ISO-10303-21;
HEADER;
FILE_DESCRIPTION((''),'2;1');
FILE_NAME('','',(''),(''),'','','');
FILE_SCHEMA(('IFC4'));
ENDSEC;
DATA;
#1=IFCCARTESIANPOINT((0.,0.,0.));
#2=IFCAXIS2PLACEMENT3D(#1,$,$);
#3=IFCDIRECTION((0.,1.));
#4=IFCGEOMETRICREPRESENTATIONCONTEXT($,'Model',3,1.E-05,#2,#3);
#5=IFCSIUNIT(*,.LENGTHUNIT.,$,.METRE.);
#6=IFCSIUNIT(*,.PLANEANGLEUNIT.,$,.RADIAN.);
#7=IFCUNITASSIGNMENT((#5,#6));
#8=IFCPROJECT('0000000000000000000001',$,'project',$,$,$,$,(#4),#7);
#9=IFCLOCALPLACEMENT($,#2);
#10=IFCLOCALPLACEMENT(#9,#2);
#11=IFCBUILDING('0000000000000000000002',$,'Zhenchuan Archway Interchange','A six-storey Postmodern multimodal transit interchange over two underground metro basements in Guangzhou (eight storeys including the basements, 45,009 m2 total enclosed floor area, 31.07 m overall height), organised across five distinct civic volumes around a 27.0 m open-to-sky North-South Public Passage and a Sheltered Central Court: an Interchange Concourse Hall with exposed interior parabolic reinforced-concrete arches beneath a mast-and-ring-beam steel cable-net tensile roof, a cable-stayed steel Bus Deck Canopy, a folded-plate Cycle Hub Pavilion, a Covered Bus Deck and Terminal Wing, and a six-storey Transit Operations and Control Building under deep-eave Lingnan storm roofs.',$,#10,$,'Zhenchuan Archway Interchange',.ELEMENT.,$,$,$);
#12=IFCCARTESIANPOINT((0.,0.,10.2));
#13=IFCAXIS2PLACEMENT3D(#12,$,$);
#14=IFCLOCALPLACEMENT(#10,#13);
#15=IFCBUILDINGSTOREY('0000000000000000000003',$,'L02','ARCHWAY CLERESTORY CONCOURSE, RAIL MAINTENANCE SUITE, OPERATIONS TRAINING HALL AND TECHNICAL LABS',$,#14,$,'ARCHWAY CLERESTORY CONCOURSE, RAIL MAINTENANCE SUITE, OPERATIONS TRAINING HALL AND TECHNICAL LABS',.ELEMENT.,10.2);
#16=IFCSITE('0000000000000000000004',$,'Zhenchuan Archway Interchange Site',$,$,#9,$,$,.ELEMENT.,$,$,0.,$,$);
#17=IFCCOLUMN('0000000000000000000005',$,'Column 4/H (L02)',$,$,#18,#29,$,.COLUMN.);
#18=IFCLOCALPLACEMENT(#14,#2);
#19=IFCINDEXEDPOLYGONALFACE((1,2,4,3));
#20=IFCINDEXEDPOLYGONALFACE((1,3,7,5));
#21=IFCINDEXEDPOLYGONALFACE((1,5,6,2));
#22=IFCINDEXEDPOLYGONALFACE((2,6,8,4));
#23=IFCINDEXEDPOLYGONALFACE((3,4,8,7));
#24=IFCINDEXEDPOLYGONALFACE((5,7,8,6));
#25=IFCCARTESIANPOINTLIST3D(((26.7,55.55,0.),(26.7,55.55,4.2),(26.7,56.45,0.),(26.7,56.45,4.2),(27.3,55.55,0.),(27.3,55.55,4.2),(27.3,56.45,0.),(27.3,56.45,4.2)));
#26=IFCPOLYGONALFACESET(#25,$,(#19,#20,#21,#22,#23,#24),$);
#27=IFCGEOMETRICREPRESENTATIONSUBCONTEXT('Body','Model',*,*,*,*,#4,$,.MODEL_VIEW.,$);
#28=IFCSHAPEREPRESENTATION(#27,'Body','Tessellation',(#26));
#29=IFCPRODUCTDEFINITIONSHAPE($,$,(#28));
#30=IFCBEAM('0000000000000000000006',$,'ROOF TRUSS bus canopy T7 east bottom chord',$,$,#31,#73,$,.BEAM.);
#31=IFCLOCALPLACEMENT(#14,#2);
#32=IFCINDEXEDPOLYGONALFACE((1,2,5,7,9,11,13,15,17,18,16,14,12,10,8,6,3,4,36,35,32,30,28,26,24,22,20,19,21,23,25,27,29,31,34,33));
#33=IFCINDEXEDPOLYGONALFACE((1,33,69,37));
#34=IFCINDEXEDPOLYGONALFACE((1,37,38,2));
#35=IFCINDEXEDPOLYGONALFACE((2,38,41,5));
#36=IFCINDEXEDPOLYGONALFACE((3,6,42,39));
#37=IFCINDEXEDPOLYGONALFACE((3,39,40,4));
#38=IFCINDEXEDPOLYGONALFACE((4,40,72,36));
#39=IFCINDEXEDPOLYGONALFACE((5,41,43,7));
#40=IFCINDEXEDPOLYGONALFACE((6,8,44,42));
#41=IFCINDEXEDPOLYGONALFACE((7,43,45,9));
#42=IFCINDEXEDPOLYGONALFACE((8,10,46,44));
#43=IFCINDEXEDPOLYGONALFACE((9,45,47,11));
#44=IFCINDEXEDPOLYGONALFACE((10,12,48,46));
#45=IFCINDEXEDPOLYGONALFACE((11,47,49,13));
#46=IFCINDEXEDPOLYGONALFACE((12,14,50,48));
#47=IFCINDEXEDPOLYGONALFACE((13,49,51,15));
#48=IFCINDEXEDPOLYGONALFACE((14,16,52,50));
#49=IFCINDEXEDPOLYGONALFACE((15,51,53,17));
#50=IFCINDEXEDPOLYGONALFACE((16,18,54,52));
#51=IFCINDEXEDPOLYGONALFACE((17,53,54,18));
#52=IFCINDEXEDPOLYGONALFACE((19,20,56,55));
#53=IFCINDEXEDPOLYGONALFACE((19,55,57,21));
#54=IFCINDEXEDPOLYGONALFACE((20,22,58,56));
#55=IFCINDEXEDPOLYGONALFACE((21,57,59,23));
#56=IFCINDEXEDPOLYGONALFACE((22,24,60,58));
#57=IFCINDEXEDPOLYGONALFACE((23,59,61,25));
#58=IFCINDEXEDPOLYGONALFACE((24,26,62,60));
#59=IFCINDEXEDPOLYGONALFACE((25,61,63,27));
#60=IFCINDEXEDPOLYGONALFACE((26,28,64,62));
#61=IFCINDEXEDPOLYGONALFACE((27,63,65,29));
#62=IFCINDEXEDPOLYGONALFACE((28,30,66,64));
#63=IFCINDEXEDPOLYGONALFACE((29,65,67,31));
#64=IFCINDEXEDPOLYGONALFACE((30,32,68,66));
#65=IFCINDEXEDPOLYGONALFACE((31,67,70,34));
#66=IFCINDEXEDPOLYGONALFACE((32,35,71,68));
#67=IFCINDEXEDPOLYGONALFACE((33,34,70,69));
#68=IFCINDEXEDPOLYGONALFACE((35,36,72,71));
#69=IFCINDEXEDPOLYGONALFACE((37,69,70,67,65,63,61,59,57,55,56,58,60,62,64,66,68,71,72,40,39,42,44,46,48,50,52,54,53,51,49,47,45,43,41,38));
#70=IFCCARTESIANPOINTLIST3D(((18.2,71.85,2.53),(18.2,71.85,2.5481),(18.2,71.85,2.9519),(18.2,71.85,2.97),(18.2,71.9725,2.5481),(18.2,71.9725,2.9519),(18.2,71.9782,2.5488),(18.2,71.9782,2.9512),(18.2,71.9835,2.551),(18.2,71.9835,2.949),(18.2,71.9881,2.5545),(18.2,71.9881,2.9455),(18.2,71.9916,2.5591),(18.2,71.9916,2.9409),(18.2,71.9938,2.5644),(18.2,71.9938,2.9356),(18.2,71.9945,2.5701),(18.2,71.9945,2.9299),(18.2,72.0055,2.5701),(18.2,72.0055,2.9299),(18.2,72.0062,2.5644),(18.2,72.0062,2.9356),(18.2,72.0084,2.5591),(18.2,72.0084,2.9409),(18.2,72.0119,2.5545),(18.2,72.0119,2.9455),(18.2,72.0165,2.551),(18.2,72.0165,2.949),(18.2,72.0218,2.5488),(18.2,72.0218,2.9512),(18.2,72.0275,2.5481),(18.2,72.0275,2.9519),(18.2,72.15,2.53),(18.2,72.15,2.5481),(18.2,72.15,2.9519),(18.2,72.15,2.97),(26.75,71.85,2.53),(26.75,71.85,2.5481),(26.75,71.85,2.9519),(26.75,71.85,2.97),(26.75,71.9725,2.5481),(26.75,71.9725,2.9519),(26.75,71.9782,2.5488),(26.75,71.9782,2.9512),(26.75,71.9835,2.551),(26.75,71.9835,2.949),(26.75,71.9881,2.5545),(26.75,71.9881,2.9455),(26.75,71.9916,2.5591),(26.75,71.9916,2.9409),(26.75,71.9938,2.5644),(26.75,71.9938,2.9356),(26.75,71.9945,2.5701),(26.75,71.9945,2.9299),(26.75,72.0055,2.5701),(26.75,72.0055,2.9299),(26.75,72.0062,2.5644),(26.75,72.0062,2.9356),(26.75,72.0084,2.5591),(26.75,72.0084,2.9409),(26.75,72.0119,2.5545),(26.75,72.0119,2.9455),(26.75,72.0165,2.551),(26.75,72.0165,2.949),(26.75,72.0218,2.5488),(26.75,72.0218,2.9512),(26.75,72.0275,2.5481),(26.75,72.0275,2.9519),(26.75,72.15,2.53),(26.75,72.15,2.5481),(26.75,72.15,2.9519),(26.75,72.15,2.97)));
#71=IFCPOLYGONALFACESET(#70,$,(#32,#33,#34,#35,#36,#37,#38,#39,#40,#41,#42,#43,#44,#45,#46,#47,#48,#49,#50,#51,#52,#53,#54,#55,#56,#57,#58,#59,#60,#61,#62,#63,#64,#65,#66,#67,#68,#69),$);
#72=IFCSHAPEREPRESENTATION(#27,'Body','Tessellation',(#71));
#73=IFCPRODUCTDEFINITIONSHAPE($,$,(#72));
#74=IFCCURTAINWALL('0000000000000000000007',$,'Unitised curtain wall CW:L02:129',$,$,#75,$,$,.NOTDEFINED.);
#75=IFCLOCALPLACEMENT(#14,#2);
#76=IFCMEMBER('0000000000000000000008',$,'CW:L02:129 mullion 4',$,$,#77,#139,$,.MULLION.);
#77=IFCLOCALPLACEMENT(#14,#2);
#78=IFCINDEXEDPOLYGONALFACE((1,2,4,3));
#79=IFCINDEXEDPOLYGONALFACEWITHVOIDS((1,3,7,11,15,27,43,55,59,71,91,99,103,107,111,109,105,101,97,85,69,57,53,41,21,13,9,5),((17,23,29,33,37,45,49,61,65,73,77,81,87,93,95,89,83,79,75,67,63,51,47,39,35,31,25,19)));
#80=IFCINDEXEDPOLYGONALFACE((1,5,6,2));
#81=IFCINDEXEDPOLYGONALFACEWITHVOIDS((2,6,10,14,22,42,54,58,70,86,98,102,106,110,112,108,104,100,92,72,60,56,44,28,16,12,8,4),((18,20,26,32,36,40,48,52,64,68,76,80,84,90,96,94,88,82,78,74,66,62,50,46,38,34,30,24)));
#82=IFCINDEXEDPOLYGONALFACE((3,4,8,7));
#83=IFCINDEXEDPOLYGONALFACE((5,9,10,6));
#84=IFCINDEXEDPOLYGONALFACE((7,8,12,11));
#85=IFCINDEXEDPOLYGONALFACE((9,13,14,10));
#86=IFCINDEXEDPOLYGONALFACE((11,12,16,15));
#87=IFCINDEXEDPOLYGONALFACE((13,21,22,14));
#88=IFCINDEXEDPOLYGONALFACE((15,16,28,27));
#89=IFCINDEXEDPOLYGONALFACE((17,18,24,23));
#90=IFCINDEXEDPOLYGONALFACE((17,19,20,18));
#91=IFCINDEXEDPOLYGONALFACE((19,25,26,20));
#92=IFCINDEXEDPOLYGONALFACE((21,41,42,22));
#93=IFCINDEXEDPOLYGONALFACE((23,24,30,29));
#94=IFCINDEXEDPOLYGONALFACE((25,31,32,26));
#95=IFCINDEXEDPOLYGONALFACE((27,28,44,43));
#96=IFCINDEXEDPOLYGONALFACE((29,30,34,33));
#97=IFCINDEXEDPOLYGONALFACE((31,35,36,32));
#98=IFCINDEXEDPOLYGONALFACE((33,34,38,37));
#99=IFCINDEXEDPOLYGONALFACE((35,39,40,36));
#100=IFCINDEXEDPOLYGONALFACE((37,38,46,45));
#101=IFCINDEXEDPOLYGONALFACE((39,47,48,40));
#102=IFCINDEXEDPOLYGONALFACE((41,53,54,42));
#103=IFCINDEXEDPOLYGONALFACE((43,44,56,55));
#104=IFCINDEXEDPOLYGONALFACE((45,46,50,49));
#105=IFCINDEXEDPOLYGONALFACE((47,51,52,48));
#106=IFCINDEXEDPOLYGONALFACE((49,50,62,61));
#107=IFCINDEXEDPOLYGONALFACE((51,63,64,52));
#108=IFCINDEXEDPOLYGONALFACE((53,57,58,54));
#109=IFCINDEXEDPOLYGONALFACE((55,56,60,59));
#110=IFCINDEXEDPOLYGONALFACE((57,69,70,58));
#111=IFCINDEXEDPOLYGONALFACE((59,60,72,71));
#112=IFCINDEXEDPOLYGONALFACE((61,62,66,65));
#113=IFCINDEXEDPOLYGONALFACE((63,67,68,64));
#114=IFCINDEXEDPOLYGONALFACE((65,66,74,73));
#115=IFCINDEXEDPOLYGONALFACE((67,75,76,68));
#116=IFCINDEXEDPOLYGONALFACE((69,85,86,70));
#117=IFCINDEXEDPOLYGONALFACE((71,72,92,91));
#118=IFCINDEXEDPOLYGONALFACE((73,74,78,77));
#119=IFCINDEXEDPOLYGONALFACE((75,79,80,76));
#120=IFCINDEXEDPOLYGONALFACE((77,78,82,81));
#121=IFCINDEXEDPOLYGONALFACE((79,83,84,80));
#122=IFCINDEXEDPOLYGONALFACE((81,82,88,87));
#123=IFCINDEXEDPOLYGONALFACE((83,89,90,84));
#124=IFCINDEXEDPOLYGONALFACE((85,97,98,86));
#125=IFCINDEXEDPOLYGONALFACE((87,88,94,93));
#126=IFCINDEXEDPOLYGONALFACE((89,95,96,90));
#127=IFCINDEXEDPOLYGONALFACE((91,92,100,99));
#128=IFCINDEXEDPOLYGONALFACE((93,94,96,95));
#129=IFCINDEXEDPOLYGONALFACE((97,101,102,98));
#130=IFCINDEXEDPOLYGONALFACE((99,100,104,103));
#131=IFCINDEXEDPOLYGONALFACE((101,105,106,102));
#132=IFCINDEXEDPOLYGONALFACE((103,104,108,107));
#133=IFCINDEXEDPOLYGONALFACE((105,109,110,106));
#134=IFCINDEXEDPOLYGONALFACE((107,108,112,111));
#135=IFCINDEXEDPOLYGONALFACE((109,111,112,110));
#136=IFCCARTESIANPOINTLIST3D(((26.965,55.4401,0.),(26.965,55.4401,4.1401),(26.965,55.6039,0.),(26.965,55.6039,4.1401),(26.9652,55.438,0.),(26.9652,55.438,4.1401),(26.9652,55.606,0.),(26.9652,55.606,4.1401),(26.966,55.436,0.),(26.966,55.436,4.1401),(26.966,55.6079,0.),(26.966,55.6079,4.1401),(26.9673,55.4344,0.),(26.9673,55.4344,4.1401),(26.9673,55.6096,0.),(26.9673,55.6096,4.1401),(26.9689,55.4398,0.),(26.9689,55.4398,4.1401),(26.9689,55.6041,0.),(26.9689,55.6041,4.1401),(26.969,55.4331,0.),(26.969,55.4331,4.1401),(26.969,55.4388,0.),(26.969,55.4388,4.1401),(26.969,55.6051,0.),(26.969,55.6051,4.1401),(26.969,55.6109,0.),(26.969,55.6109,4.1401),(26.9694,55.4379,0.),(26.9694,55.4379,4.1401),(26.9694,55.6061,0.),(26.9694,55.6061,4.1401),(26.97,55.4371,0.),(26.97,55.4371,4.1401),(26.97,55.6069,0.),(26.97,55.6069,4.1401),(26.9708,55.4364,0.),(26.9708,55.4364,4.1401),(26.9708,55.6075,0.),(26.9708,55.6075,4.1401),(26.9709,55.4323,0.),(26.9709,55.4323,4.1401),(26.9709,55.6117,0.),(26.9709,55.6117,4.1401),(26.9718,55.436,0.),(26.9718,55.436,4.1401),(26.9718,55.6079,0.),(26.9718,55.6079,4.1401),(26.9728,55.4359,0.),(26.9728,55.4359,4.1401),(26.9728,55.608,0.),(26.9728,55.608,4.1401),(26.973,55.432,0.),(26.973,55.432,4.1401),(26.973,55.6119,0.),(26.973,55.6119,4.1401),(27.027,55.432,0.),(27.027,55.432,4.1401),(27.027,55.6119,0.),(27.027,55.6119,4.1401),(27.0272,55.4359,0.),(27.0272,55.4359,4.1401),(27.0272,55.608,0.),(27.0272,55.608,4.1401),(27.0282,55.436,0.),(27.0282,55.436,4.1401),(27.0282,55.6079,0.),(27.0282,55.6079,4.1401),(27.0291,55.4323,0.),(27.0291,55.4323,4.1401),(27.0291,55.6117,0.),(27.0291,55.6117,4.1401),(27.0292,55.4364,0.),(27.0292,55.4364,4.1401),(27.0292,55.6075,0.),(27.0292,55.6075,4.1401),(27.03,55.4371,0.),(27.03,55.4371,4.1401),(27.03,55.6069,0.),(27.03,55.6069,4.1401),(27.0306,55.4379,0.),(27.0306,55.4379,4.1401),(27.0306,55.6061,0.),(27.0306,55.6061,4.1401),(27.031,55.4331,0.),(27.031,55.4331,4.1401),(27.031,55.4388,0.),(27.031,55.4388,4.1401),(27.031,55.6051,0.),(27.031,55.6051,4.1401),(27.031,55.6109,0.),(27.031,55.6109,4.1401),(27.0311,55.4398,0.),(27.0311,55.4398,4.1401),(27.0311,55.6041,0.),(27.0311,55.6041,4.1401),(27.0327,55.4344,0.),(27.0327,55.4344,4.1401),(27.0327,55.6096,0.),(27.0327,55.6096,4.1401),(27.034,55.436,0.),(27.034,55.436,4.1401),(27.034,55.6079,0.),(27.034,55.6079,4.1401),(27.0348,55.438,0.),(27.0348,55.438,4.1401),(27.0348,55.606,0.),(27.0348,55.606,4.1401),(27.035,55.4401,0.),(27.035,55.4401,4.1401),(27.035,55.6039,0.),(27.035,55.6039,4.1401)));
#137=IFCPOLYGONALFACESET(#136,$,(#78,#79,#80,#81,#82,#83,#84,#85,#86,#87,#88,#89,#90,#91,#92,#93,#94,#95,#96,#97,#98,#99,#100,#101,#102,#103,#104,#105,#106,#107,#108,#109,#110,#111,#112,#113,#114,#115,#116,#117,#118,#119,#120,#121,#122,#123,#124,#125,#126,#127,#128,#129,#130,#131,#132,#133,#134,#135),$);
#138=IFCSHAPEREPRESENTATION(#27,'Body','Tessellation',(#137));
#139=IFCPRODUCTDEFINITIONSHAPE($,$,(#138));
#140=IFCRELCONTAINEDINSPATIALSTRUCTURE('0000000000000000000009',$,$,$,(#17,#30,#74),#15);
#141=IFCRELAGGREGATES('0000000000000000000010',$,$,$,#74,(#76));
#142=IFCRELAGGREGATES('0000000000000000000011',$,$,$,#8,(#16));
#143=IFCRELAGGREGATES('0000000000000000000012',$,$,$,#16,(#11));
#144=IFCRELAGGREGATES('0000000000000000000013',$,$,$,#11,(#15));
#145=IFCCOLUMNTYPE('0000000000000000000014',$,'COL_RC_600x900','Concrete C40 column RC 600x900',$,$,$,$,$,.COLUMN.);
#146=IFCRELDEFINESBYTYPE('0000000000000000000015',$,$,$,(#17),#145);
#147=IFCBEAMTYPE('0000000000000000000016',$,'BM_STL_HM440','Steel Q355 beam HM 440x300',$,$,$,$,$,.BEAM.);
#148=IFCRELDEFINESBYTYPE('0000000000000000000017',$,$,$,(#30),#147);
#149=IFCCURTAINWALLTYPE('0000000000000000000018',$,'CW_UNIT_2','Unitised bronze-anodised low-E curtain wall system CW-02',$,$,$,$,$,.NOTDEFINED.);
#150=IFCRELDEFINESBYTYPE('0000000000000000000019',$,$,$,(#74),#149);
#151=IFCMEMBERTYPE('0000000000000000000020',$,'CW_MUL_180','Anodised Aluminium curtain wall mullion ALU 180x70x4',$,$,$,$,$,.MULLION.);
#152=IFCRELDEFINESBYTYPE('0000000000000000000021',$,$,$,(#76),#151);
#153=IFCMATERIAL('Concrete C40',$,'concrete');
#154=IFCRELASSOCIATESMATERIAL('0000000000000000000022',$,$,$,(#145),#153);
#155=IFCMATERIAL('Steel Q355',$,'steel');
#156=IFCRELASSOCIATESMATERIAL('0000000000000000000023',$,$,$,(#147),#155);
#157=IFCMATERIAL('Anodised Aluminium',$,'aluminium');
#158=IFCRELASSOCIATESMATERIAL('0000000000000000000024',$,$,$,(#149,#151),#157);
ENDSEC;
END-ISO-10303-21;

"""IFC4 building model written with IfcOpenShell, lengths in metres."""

from ifc_helpers import new_model, si_unit, direction, frame, origin, origin_2d, place, context, subcontext, project, spatial, rectangle, hollow_rectangle, i_section, extrude, material, material_profile, profile_set, type_object, element, aggregate, save


model = new_model("IFC4")

# Units and contexts
model_context = context("Model", 3, precision=1e-05, world=origin(), true_north=direction((0.0, 1.0)))
body_context = subcontext(model_context, "Body", "Model", "MODEL_VIEW")
ifc_project = project(units=[si_unit("LENGTHUNIT", "METRE"), si_unit("PLANEANGLEUNIT", "RADIAN")], contexts=[model_context])

# Site, building, storey
site_placement = place(None, origin())
site = spatial("IfcSite", under=ifc_project, at=site_placement, Name="Zhenchuan Archway Interchange Site", CompositionType="ELEMENT", RefElevation=0.0)
building_placement = place(site_placement, origin())
building = spatial("IfcBuilding", under=site, at=building_placement, Name="Zhenchuan Archway Interchange", Description="A six-storey Postmodern multimodal transit interchange over two underground metro basements in Guangzhou (eight storeys including the basements, 45,009 m2 total enclosed floor area, 31.07 m overall height), organised across five distinct civic volumes around a 27.0 m open-to-sky North-South Public Passage and a Sheltered Central Court: an Interchange Concourse Hall with exposed interior parabolic reinforced-concrete arches beneath a mast-and-ring-beam steel cable-net tensile roof, a cable-stayed steel Bus Deck Canopy, a folded-plate Cycle Hub Pavilion, a Covered Bus Deck and Terminal Wing, and a six-storey Transit Operations and Control Building under deep-eave Lingnan storm roofs.", LongName="Zhenchuan Archway Interchange", CompositionType="ELEMENT")
storey_placement = place(building_placement, frame((0.0, 0.0, 10.2)))
storey = spatial("IfcBuildingStorey", under=building, at=storey_placement, Name="L02", Description="ARCHWAY CLERESTORY CONCOURSE, RAIL MAINTENANCE SUITE, OPERATIONS TRAINING HALL AND TECHNICAL LABS", LongName="ARCHWAY CLERESTORY CONCOURSE, RAIL MAINTENANCE SUITE, OPERATIONS TRAINING HALL AND TECHNICAL LABS", CompositionType="ELEMENT", Elevation=10.2)

# Column
ifc_material_1 = material(Name="Concrete C40", Category="concrete")
ifc_material_profile_1 = material_profile(ifc_material_1, rectangle(XDim=0.6001, YDim=0.8999, at=origin_2d()), Name="RC 600x900")
ifc_profile_set_1 = profile_set([ifc_material_profile_1], Name="Concrete C40")
column_type = type_object("IfcColumnType", Name="COL_RC_600x900", Description="Concrete C40 column RC 600x900", PredefinedType="COLUMN", material=ifc_profile_set_1)
column_placement = place(storey_placement, frame((27.0, 56.0, 0.0), z_axis=(0.0, 0.0, 1.0), x_axis=(1.0, 0.0, 0.0)))
element("IfcColumn", 1, at=column_placement, inside=storey, type_object=column_type, Name="Column 4/H (L02)", PredefinedType="COLUMN", context=body_context, shape_type="SweptSolid", body=[
    extrude(rectangle(XDim=0.6001, YDim=0.8999, at=origin_2d()), origin(), (0.0, 0.0, 1.0), 4.2),
])

# Beam
ifc_material_2 = material(Name="Steel Q355", Category="steel")
ifc_material_profile_2 = material_profile(ifc_material_2, i_section(OverallWidth=0.3, OverallDepth=0.4399, WebThickness=0.011, FlangeThickness=0.0181, FilletRadius=0.022, at=origin_2d()), Name="HM 440x300")
ifc_profile_set_2 = profile_set([ifc_material_profile_2], Name="Steel Q355")
beam_type_1 = type_object("IfcBeamType", Name="BM_STL_HM440", Description="Steel Q355 beam HM 440x300", PredefinedType="BEAM", material=ifc_profile_set_2)
beam_1_placement = place(storey_placement, frame((18.2, 72.0, 2.75), z_axis=(1.0, 0.0, 0.0), x_axis=(0.0, 1.0, 0.0)))
element("IfcBeam", 2, at=beam_1_placement, inside=storey, type_object=beam_type_1, Name="ROOF TRUSS bus canopy T7 east bottom chord", PredefinedType="BEAM", context=body_context, shape_type="SweptSolid", body=[
    extrude(i_section(OverallWidth=0.3, OverallDepth=0.4399, WebThickness=0.011, FlangeThickness=0.0181, FilletRadius=0.022, at=origin_2d()), origin(), (0.0, 0.0, 1.0), 8.55),
])

# Curtain wall, member
ifc_material_3 = material(Name="Anodised Aluminium", Category="aluminium")
curtain_wall_type_1 = type_object("IfcCurtainWallType", Name="CW_UNIT_2", Description="Unitised bronze-anodised low-E curtain wall system CW-02", PredefinedType="NOTDEFINED", material=ifc_material_3)
curtain_wall_1_placement = place(storey_placement, origin())
curtain_wall_1 = element("IfcCurtainWall", 3, at=curtain_wall_1_placement, inside=storey, type_object=curtain_wall_type_1, Name="Unitised curtain wall CW:L02:129", PredefinedType="NOTDEFINED")
ifc_material_profile_3 = material_profile(ifc_material_3, hollow_rectangle(XDim=0.0701, YDim=0.1799, WallThickness=0.0039, InnerFilletRadius=0.0039, OuterFilletRadius=0.0081, at=origin_2d()), Name="ALU 180x70x4")
ifc_profile_set_3 = profile_set([ifc_material_profile_3], Name="Anodised Aluminium")
member_type_1 = type_object("IfcMemberType", Name="CW_MUL_180", Description="Anodised Aluminium curtain wall mullion ALU 180x70x4", PredefinedType="MULLION", material=ifc_profile_set_3)
member_1_placement = place(storey_placement, frame((27.0, 55.522, 0.0), z_axis=(0.0, 0.0, 1.0), x_axis=(1.0, 0.0, 0.0)))
member_1 = element("IfcMember", 4, at=member_1_placement, type_object=member_type_1, Name="CW:L02:129 mullion 4", PredefinedType="MULLION", context=body_context, shape_type="SweptSolid", body=[
    extrude(hollow_rectangle(XDim=0.0701, YDim=0.1799, WallThickness=0.0039, InnerFilletRadius=0.0039, OuterFilletRadius=0.0081, at=origin_2d()), origin(), (0.0, 0.0, 1.0), 4.1401),
])

aggregate(curtain_wall_1, [member_1])

save(model, "model.ifc")
